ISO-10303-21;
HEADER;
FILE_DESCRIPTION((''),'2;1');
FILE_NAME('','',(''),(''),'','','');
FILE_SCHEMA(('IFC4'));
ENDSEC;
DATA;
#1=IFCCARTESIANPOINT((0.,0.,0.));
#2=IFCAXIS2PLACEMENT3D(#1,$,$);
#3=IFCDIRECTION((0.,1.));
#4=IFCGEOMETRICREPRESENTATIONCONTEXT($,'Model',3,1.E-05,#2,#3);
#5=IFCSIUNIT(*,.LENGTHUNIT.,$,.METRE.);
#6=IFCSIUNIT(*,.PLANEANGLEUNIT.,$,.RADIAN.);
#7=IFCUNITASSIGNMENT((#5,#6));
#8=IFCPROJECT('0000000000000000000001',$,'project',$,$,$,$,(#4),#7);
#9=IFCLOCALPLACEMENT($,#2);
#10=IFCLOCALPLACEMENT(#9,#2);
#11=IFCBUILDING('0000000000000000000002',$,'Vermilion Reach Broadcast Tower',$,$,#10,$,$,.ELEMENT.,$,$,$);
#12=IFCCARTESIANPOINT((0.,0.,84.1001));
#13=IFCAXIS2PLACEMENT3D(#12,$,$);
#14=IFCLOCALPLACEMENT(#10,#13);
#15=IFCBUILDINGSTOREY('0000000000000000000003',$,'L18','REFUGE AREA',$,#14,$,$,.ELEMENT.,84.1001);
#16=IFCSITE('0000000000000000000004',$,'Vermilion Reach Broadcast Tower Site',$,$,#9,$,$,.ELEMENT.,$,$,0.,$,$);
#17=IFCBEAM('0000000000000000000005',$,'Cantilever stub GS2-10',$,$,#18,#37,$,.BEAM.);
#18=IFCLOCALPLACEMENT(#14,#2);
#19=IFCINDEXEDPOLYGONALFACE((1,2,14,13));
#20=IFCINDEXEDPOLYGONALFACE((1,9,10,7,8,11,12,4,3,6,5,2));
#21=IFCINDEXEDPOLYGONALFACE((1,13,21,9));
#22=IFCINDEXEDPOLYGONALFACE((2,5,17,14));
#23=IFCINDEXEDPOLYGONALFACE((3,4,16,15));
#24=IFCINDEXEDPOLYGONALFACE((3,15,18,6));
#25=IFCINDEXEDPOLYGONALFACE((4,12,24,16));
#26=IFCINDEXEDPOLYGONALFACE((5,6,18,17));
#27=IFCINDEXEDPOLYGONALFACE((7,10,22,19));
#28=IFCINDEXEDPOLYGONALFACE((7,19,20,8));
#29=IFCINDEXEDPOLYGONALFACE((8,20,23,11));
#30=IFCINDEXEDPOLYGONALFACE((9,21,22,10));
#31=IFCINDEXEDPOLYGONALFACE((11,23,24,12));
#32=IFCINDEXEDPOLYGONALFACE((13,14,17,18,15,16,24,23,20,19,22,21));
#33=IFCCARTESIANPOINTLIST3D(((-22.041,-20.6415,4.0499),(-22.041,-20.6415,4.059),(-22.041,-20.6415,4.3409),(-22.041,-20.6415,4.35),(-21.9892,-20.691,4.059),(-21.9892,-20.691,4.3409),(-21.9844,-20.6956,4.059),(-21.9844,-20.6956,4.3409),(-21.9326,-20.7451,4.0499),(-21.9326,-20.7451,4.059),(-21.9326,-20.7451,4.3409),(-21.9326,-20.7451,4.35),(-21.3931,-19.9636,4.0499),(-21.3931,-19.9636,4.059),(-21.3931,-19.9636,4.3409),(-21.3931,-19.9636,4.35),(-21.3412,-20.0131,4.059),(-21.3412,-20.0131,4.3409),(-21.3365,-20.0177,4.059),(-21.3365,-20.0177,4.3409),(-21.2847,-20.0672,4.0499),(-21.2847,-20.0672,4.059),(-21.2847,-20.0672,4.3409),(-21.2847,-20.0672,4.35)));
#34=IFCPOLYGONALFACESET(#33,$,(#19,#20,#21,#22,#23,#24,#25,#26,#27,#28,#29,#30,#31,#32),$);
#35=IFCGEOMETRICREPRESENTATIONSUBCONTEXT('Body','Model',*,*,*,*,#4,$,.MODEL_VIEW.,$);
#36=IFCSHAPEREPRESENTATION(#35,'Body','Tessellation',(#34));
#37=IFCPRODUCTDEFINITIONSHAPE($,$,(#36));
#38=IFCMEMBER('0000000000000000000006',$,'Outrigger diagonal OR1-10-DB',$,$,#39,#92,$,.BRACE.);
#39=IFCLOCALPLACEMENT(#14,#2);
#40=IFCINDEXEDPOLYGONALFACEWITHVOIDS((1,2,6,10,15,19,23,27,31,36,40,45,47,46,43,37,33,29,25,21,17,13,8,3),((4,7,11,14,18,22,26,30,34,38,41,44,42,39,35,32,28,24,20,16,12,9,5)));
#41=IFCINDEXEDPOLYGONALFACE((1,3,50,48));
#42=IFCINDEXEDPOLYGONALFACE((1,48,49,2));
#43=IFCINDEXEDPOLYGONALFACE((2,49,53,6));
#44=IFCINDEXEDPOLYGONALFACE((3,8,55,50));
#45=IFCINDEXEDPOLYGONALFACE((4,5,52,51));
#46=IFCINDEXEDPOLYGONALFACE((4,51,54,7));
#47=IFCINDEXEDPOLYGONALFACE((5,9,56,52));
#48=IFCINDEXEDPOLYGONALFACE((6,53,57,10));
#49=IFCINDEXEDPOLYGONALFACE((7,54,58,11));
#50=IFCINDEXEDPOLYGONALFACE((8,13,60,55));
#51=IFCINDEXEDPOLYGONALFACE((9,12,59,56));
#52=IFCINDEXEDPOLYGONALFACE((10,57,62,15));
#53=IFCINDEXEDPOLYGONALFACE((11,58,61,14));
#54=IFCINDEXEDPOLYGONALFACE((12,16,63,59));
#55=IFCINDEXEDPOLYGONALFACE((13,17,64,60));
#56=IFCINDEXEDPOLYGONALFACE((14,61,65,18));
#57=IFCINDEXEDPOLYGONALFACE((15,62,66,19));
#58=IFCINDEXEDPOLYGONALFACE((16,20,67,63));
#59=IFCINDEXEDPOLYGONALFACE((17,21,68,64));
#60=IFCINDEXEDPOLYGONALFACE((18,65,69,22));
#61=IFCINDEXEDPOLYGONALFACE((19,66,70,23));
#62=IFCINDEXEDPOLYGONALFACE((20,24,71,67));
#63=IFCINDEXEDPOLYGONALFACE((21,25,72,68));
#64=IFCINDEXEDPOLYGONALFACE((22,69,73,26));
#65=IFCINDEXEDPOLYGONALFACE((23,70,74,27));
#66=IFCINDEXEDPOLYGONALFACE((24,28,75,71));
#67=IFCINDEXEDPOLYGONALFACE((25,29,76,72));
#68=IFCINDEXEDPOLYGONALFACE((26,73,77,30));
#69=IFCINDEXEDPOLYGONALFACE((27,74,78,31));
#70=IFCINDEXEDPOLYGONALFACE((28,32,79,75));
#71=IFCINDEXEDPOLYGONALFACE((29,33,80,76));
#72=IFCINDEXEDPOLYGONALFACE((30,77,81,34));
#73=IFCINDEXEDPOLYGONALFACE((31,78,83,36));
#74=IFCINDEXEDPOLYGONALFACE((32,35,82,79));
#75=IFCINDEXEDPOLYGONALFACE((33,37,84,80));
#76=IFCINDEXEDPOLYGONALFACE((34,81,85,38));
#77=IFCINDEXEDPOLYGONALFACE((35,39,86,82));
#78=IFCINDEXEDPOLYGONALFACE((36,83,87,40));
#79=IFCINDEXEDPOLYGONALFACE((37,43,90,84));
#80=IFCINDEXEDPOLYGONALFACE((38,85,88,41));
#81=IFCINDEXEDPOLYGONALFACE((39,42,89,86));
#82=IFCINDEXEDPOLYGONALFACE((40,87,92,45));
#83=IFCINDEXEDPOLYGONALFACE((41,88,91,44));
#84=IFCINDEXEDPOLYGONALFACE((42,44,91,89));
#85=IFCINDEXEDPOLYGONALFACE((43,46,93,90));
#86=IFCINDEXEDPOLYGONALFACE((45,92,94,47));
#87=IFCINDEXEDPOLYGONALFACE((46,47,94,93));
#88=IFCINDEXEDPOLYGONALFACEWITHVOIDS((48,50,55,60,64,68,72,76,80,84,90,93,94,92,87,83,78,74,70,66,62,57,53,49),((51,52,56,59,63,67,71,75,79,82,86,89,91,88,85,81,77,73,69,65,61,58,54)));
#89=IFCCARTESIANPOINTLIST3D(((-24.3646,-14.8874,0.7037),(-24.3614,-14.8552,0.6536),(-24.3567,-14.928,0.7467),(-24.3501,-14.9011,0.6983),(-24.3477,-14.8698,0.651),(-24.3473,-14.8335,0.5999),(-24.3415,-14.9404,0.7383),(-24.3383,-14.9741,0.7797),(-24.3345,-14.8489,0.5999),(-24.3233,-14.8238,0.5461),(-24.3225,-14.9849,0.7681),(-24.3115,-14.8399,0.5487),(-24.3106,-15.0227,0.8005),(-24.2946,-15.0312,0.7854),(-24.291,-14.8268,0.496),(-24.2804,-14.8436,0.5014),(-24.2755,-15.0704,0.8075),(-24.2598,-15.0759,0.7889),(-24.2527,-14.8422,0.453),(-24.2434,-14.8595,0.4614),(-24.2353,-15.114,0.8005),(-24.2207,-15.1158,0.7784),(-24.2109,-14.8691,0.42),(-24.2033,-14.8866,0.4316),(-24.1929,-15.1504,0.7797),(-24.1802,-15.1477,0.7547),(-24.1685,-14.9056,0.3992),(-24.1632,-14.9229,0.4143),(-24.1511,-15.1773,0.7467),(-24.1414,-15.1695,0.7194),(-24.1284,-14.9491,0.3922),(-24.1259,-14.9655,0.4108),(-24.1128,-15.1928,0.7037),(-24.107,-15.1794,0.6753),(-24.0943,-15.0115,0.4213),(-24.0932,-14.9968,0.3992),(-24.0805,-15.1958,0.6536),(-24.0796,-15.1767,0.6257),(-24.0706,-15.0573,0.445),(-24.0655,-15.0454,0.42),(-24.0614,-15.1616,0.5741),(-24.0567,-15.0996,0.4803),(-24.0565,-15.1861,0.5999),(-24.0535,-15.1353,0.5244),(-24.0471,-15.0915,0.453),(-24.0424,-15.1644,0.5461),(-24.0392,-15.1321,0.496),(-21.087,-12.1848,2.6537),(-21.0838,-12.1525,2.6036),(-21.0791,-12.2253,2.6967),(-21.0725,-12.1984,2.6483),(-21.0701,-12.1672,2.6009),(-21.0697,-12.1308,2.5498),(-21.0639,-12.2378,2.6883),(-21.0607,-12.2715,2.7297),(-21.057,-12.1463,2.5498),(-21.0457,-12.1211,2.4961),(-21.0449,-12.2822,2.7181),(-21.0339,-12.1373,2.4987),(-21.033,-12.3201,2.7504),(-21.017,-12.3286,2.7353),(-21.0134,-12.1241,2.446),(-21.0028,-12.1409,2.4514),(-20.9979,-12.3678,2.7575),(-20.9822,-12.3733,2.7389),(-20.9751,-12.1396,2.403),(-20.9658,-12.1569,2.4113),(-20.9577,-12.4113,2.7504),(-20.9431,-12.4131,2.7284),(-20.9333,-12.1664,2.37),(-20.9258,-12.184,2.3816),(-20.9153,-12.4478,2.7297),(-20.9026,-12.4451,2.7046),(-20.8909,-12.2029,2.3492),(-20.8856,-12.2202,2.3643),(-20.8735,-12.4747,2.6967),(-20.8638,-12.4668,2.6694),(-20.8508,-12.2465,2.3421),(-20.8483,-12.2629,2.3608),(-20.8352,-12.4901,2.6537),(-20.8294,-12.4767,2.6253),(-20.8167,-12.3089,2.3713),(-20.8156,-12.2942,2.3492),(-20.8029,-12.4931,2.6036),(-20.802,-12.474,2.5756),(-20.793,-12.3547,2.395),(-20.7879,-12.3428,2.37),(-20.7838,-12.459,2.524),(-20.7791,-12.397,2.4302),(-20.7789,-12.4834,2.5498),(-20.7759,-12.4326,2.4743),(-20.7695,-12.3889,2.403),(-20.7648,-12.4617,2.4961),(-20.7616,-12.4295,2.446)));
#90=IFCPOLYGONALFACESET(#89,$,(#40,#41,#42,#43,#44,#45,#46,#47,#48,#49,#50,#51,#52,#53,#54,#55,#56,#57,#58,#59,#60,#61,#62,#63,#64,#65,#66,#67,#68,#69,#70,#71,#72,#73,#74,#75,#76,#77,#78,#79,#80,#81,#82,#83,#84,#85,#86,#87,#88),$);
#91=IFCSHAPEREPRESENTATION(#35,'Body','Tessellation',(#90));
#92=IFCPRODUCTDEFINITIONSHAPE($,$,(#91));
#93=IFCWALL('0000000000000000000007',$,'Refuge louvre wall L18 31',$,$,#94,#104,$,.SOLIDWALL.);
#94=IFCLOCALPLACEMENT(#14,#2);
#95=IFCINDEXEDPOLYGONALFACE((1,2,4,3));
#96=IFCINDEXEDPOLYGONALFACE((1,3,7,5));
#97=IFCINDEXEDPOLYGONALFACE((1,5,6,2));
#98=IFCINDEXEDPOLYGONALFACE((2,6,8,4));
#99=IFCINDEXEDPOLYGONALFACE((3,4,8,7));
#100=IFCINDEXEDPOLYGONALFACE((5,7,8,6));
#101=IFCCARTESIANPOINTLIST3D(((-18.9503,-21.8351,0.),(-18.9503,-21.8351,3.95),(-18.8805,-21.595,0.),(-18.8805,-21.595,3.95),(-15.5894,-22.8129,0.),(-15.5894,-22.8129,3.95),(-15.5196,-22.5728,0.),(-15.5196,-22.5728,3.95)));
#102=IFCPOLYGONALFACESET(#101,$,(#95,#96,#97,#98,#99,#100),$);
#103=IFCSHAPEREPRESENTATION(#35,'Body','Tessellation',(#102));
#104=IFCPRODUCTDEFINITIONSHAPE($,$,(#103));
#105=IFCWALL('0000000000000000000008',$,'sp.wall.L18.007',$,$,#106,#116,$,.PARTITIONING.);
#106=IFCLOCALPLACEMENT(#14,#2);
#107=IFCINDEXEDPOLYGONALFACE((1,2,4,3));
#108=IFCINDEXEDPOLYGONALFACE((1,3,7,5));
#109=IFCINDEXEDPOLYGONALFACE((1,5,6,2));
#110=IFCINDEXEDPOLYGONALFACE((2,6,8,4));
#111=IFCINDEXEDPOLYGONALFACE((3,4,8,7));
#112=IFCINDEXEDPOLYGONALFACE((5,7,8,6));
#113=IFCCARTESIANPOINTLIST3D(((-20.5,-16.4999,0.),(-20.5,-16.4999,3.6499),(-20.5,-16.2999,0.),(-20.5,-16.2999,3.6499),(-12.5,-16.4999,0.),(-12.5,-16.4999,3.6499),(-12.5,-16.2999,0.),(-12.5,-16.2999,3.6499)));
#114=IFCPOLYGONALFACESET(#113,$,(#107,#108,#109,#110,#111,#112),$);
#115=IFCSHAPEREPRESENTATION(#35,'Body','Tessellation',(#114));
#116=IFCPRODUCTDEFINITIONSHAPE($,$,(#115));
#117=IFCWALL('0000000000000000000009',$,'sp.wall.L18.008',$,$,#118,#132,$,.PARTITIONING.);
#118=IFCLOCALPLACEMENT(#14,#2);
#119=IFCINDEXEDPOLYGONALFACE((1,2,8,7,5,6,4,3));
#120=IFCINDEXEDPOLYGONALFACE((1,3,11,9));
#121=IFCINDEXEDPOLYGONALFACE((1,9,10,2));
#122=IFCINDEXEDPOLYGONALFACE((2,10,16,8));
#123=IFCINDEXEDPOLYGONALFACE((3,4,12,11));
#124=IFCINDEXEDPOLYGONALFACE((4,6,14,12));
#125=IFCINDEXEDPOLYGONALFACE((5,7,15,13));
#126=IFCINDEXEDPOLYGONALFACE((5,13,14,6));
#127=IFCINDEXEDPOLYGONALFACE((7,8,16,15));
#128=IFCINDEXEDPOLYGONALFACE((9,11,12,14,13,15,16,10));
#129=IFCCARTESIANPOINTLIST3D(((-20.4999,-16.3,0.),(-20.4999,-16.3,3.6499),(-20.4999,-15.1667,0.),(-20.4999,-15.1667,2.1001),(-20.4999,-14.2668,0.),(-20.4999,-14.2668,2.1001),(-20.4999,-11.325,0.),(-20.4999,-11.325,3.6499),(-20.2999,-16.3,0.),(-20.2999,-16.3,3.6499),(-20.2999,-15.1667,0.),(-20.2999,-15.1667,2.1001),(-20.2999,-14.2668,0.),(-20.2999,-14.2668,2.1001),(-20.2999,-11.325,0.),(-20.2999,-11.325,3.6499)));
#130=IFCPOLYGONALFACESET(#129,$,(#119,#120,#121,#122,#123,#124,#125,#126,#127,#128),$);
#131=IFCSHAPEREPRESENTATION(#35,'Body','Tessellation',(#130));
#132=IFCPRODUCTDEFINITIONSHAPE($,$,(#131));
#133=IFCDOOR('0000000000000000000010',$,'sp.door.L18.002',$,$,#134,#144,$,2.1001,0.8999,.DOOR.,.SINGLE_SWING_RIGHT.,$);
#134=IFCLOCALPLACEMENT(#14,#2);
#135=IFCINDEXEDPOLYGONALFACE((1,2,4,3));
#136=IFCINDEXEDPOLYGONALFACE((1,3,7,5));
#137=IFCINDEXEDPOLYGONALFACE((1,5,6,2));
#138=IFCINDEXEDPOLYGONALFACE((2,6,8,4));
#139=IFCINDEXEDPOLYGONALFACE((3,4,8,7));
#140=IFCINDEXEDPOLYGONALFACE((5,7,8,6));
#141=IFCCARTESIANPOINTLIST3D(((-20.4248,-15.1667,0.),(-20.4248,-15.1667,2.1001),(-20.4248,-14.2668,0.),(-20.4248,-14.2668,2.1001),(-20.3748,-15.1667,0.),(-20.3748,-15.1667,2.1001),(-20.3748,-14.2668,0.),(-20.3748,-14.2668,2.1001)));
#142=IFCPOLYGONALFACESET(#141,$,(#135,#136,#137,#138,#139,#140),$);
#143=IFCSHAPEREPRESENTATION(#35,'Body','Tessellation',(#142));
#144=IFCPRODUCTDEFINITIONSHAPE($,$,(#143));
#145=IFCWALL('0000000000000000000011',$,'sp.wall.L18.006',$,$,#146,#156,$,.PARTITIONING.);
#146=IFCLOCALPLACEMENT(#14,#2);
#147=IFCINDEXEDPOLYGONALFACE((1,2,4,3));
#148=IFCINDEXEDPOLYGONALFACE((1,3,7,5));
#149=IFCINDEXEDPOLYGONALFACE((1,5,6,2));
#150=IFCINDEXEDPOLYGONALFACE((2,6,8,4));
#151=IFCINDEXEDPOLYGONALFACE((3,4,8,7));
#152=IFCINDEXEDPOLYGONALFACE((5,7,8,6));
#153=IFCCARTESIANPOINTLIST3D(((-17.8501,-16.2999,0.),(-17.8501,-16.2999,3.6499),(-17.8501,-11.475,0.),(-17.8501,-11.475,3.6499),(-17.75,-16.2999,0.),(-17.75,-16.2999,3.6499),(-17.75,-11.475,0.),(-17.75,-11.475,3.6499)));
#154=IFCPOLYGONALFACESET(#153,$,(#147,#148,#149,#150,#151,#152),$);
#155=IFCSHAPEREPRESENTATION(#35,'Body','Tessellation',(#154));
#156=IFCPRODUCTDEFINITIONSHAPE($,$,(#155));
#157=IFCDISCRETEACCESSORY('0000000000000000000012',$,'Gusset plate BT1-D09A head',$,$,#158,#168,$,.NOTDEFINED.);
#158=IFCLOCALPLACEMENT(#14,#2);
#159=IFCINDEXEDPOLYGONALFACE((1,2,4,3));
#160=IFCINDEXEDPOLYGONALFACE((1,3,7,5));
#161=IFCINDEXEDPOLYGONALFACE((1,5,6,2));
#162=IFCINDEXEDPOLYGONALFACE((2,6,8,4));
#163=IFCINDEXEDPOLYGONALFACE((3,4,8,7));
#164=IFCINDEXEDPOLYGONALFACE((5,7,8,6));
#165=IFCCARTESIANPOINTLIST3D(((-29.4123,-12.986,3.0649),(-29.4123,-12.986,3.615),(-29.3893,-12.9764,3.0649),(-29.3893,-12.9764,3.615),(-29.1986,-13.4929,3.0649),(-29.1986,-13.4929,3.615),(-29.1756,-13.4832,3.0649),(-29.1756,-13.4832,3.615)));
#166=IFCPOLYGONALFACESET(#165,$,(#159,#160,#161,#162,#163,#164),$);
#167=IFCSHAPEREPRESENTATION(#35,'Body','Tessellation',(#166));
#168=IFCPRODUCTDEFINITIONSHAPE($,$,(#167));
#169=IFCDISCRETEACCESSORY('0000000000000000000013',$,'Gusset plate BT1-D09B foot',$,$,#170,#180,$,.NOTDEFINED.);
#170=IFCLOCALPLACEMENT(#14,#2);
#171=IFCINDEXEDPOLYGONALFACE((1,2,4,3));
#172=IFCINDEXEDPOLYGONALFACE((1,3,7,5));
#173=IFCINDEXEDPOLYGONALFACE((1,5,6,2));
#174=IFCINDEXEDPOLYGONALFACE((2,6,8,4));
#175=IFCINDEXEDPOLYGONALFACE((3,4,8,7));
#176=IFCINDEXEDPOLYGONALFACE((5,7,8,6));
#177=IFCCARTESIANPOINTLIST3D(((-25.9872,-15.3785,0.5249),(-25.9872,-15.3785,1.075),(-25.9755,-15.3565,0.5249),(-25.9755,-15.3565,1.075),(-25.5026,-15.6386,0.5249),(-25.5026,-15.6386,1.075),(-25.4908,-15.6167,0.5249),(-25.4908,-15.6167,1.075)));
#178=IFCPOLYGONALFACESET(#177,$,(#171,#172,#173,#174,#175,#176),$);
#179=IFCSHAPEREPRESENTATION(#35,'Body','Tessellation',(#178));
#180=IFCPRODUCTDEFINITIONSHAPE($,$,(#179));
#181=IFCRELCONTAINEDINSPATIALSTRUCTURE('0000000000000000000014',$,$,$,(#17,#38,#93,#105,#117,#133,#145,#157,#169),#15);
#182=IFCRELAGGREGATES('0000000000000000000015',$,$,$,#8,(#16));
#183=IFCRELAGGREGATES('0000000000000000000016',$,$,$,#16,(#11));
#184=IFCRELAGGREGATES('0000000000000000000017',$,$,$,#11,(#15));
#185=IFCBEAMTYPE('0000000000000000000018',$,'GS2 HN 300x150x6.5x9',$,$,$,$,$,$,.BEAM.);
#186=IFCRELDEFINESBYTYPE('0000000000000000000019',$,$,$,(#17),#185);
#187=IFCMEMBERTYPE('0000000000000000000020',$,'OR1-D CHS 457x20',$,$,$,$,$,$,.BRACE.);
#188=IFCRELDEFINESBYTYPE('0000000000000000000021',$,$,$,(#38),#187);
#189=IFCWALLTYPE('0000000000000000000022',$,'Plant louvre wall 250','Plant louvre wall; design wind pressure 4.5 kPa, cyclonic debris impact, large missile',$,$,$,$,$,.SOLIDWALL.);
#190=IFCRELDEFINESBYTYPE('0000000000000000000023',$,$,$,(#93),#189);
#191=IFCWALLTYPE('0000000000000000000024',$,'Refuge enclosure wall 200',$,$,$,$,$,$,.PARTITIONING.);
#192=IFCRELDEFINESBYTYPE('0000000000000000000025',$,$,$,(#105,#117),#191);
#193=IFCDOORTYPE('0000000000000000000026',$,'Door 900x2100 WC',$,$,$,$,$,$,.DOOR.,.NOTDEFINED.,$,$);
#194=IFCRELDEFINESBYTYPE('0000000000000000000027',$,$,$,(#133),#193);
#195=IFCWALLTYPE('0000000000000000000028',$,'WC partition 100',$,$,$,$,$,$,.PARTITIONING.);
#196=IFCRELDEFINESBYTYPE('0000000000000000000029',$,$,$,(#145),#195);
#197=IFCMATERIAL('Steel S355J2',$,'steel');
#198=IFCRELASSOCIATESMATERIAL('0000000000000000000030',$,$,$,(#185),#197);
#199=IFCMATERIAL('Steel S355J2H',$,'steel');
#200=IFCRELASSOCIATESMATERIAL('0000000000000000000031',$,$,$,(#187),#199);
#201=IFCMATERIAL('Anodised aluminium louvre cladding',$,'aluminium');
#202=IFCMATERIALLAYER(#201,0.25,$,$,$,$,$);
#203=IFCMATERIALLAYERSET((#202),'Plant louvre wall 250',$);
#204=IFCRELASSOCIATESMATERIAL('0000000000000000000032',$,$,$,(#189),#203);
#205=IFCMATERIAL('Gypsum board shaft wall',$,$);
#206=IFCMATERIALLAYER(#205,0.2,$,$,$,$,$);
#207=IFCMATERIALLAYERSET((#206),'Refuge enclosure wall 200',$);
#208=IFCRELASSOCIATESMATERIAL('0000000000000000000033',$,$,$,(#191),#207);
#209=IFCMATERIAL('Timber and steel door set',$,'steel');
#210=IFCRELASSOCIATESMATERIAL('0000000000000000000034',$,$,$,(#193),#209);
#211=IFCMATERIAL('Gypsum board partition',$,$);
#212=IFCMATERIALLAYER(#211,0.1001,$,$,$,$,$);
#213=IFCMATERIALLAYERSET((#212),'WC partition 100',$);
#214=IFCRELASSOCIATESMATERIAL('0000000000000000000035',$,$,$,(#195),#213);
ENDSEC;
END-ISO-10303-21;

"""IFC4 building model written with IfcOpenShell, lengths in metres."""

from ifc_helpers import new_model, si_unit, direction, frame, frame_2d, origin, origin_2d, place, context, subcontext, project, spatial, rectangle, hollow_circle, i_section, extrude, material, layer, layer_set, material_profile, profile_set, type_object, element, fill, save


model = new_model("IFC4")

# Units and contexts
model_context = context("Model", 3, precision=1e-05, world=origin(), true_north=direction((0.0, 1.0)))
body_context = subcontext(model_context, "Body", "Model", "MODEL_VIEW")
ifc_project = project(units=[si_unit("LENGTHUNIT", "METRE"), si_unit("PLANEANGLEUNIT", "RADIAN")], contexts=[model_context])

# Site, building, storey
site_placement = place(None, origin())
site = spatial("IfcSite", under=ifc_project, at=site_placement, Name="Vermilion Reach Broadcast Tower Site", CompositionType="ELEMENT", RefElevation=0.0)
building_placement = place(site_placement, origin())
building = spatial("IfcBuilding", under=site, at=building_placement, Name="Vermilion Reach Broadcast Tower", CompositionType="ELEMENT")
storey_placement = place(building_placement, frame((0.0, 0.0, 84.1001)))
storey = spatial("IfcBuildingStorey", under=building, at=storey_placement, Name="L18", Description="REFUGE AREA", CompositionType="ELEMENT", Elevation=84.1001)

# Beam
ifc_material_1 = material(Name="Steel S355J2", Category="steel")
ifc_material_profile_1 = material_profile(ifc_material_1, i_section(OverallWidth=0.1499, OverallDepth=0.3, WebThickness=0.0066, FlangeThickness=0.009, at=origin_2d()), Name="S355J2 HN 300x150x6.5x9")
ifc_profile_set_1 = profile_set([ifc_material_profile_1], Name="Steel S355J2")
beam_type_1 = type_object("IfcBeamType", Name="GS2 HN 300x150x6.5x9", PredefinedType="BEAM", material=ifc_profile_set_1)
beam_1_placement = place(storey_placement, frame((-21.3389, -20.0154, 4.2), z_axis=(-0.690915, -0.722936, 0.0), x_axis=(0.722936, -0.690915, 0.0)))
element("IfcBeam", 1, at=beam_1_placement, inside=storey, type_object=beam_type_1, Name="Cantilever stub GS2-10", PredefinedType="BEAM", context=body_context, shape_type="SweptSolid", body=[
    extrude(i_section(OverallWidth=0.1499, OverallDepth=0.3, WebThickness=0.0066, FlangeThickness=0.009, at=origin_2d()), origin(), (0.0, 0.0, 1.0), 0.9377),
])

# Member
ifc_material_2 = material(Name="Steel S355J2H", Category="steel")
ifc_material_profile_2 = material_profile(ifc_material_2, hollow_circle(Radius=0.2285, WallThickness=0.02, at=origin_2d()), Name="S355J2H CHS 457x20")
ifc_profile_set_2 = profile_set([ifc_material_profile_2], Name="Steel S355J2H")
member_type_1 = type_object("IfcMemberType", Name="OR1-D CHS 457x20", PredefinedType="BRACE", material=ifc_profile_set_2)
member_1_placement = place(storey_placement, frame((-24.2019, -15.0098, 0.5999), z_axis=(0.701192, 0.57819, 0.417164), x_axis=(-0.636191, 0.771532, 0.0)))
element("IfcMember", 2, at=member_1_placement, inside=storey, type_object=member_type_1, Name="Outrigger diagonal OR1-10-DB", PredefinedType="BRACE", context=body_context, shape_type="SweptSolid", body=[
    extrude(hollow_circle(Radius=0.2285, WallThickness=0.02, at=origin_2d()), origin(), (0.0, 0.0, 1.0), 4.6743),
])

# Walls
ifc_material_3 = material(Name="Anodised aluminium louvre cladding", Category="aluminium")
ifc_layer_1 = layer(ifc_material_3, 0.25)
ifc_layer_set_1 = layer_set([ifc_layer_1], Name="Plant louvre wall 250")
wall_type_1 = type_object("IfcWallType", Name="Plant louvre wall 250", Description="Plant louvre wall; design wind pressure 4.5 kPa, cyclonic debris impact, large missile", PredefinedType="SOLIDWALL", material=ifc_layer_set_1)
wall_1_placement = place(storey_placement, frame((-18.9153, -21.7151, 0.0), z_axis=(0.0, 0.0, 1.0), x_axis=(0.960189, -0.279352, 0.0)))
element("IfcWall", 3, at=wall_1_placement, inside=storey, type_object=wall_type_1, Name="Refuge louvre wall L18 31", PredefinedType="SOLIDWALL", context=body_context, shape_type="SweptSolid", body=[
    extrude(rectangle(XDim=3.5002, YDim=0.25, at=frame_2d((1.75, 0.0))), origin(), (0.0, 0.0, 1.0), 3.95),
])
ifc_material_4 = material(Name="Gypsum board shaft wall")
ifc_layer_2 = layer(ifc_material_4, 0.2)
ifc_layer_set_2 = layer_set([ifc_layer_2], Name="Refuge enclosure wall 200")
wall_type_2 = type_object("IfcWallType", Name="Refuge enclosure wall 200", PredefinedType="PARTITIONING", material=ifc_layer_set_2)
wall_2_placement = place(storey_placement, frame((-20.5, -16.3999, 0.0), z_axis=(0.0, 0.0, 1.0), x_axis=(1.0, 0.0, 0.0)))
element("IfcWall", 4, at=wall_2_placement, inside=storey, type_object=wall_type_2, Name="sp.wall.L18.007", PredefinedType="PARTITIONING", context=body_context, shape_type="SweptSolid", body=[
    extrude(rectangle(XDim=8.0, YDim=0.2, at=frame_2d((4.0, 0.0))), origin(), (0.0, 0.0, 1.0), 3.6499),
])

# Wall, opening, door
wall_3_placement = place(storey_placement, frame((-20.3999, -16.3, 0.0), z_axis=(0.0, 0.0, 1.0), x_axis=(0.0, 1.0, 0.0)))
wall_3 = element("IfcWall", 5, at=wall_3_placement, inside=storey, type_object=wall_type_2, Name="sp.wall.L18.008", PredefinedType="PARTITIONING", context=body_context, shape_type="SweptSolid", body=[
    extrude(rectangle(XDim=4.9751, YDim=0.2, at=frame_2d((2.4875, 0.0))), origin(), (0.0, 0.0, 1.0), 3.6499),
])
opening_placement = place(wall_3_placement, frame((1.1333, 0.0, 0.0)))
opening = element("IfcOpeningElement", 6, at=opening_placement, cuts=wall_3, PredefinedType="OPENING", context=body_context, shape_type="SweptSolid", body=[
    extrude(rectangle(XDim=0.8999, YDim=2.1001, at=frame_2d((0.45, 1.05))), frame((0.0, 0.1099, 0.0), z_axis=(0.0, -1.0, 0.0), x_axis=(1.0, 0.0, 0.0)), (0.0, 0.0, 1.0), 0.22),
])
ifc_material_5 = material(Name="Timber and steel door set", Category="steel")
door_type = type_object("IfcDoorType", Name="Door 900x2100 WC", OperationType="NOTDEFINED", PredefinedType="DOOR", material=ifc_material_5)
door_placement = place(opening_placement, origin())
door = element("IfcDoor", 7, at=door_placement, inside=storey, type_object=door_type, Name="sp.door.L18.002", OperationType="SINGLE_SWING_RIGHT", OverallHeight=2.1001, OverallWidth=0.8999, PredefinedType="DOOR", context=body_context, shape_type="SweptSolid", body=[
    extrude(rectangle(XDim=0.8999, YDim=2.1001, at=frame_2d((0.45, 1.05))), frame((0.0, 0.0249, 0.0), z_axis=(0.0, -1.0, 0.0), x_axis=(1.0, 0.0, 0.0)), (0.0, 0.0, 1.0), 0.05),
])
fill(opening, door)

# Wall
ifc_material_6 = material(Name="Gypsum board partition")
ifc_layer_3 = layer(ifc_material_6, 0.1001)
ifc_layer_set_3 = layer_set([ifc_layer_3], Name="WC partition 100")
wall_type_3 = type_object("IfcWallType", Name="WC partition 100", PredefinedType="PARTITIONING", material=ifc_layer_set_3)
wall_4_placement = place(storey_placement, frame((-17.8, -16.3, 0.0), z_axis=(0.0, 0.0, 1.0), x_axis=(0.0, 1.0, 0.0)))
element("IfcWall", 8, at=wall_4_placement, inside=storey, type_object=wall_type_3, Name="sp.wall.L18.006", PredefinedType="PARTITIONING", context=body_context, shape_type="SweptSolid", body=[
    extrude(rectangle(XDim=4.825, YDim=0.1001, at=frame_2d((2.4126, 0.0))), origin(), (0.0, 0.0, 1.0), 3.6499),
])

# Discrete accessories
for number, where, z_axis, x_axis, name in (
    (9, (-29.2939, -13.2346, 3.0649), (0.0, 0.0, 1.0), (0.92143, 0.388544, 0.0), "Gusset plate BT1-D09A head"),
    (10, (-25.739, -15.4976, 0.5249), (0.0, 0.0, 1.0), (-0.472924, -0.881103, 0.0), "Gusset plate BT1-D09B foot"),
):
    element("IfcDiscreteAccessory", number, at=place(storey_placement, frame(where, z_axis=z_axis, x_axis=x_axis)), inside=storey, Name=name, PredefinedType="NOTDEFINED", context=body_context, shape_type="SweptSolid", body=[
        extrude(rectangle(XDim=0.0249, YDim=0.55, at=origin_2d()), origin(), (0.0, 0.0, 1.0), 0.55),
    ])

save(model, "model.ifc")
